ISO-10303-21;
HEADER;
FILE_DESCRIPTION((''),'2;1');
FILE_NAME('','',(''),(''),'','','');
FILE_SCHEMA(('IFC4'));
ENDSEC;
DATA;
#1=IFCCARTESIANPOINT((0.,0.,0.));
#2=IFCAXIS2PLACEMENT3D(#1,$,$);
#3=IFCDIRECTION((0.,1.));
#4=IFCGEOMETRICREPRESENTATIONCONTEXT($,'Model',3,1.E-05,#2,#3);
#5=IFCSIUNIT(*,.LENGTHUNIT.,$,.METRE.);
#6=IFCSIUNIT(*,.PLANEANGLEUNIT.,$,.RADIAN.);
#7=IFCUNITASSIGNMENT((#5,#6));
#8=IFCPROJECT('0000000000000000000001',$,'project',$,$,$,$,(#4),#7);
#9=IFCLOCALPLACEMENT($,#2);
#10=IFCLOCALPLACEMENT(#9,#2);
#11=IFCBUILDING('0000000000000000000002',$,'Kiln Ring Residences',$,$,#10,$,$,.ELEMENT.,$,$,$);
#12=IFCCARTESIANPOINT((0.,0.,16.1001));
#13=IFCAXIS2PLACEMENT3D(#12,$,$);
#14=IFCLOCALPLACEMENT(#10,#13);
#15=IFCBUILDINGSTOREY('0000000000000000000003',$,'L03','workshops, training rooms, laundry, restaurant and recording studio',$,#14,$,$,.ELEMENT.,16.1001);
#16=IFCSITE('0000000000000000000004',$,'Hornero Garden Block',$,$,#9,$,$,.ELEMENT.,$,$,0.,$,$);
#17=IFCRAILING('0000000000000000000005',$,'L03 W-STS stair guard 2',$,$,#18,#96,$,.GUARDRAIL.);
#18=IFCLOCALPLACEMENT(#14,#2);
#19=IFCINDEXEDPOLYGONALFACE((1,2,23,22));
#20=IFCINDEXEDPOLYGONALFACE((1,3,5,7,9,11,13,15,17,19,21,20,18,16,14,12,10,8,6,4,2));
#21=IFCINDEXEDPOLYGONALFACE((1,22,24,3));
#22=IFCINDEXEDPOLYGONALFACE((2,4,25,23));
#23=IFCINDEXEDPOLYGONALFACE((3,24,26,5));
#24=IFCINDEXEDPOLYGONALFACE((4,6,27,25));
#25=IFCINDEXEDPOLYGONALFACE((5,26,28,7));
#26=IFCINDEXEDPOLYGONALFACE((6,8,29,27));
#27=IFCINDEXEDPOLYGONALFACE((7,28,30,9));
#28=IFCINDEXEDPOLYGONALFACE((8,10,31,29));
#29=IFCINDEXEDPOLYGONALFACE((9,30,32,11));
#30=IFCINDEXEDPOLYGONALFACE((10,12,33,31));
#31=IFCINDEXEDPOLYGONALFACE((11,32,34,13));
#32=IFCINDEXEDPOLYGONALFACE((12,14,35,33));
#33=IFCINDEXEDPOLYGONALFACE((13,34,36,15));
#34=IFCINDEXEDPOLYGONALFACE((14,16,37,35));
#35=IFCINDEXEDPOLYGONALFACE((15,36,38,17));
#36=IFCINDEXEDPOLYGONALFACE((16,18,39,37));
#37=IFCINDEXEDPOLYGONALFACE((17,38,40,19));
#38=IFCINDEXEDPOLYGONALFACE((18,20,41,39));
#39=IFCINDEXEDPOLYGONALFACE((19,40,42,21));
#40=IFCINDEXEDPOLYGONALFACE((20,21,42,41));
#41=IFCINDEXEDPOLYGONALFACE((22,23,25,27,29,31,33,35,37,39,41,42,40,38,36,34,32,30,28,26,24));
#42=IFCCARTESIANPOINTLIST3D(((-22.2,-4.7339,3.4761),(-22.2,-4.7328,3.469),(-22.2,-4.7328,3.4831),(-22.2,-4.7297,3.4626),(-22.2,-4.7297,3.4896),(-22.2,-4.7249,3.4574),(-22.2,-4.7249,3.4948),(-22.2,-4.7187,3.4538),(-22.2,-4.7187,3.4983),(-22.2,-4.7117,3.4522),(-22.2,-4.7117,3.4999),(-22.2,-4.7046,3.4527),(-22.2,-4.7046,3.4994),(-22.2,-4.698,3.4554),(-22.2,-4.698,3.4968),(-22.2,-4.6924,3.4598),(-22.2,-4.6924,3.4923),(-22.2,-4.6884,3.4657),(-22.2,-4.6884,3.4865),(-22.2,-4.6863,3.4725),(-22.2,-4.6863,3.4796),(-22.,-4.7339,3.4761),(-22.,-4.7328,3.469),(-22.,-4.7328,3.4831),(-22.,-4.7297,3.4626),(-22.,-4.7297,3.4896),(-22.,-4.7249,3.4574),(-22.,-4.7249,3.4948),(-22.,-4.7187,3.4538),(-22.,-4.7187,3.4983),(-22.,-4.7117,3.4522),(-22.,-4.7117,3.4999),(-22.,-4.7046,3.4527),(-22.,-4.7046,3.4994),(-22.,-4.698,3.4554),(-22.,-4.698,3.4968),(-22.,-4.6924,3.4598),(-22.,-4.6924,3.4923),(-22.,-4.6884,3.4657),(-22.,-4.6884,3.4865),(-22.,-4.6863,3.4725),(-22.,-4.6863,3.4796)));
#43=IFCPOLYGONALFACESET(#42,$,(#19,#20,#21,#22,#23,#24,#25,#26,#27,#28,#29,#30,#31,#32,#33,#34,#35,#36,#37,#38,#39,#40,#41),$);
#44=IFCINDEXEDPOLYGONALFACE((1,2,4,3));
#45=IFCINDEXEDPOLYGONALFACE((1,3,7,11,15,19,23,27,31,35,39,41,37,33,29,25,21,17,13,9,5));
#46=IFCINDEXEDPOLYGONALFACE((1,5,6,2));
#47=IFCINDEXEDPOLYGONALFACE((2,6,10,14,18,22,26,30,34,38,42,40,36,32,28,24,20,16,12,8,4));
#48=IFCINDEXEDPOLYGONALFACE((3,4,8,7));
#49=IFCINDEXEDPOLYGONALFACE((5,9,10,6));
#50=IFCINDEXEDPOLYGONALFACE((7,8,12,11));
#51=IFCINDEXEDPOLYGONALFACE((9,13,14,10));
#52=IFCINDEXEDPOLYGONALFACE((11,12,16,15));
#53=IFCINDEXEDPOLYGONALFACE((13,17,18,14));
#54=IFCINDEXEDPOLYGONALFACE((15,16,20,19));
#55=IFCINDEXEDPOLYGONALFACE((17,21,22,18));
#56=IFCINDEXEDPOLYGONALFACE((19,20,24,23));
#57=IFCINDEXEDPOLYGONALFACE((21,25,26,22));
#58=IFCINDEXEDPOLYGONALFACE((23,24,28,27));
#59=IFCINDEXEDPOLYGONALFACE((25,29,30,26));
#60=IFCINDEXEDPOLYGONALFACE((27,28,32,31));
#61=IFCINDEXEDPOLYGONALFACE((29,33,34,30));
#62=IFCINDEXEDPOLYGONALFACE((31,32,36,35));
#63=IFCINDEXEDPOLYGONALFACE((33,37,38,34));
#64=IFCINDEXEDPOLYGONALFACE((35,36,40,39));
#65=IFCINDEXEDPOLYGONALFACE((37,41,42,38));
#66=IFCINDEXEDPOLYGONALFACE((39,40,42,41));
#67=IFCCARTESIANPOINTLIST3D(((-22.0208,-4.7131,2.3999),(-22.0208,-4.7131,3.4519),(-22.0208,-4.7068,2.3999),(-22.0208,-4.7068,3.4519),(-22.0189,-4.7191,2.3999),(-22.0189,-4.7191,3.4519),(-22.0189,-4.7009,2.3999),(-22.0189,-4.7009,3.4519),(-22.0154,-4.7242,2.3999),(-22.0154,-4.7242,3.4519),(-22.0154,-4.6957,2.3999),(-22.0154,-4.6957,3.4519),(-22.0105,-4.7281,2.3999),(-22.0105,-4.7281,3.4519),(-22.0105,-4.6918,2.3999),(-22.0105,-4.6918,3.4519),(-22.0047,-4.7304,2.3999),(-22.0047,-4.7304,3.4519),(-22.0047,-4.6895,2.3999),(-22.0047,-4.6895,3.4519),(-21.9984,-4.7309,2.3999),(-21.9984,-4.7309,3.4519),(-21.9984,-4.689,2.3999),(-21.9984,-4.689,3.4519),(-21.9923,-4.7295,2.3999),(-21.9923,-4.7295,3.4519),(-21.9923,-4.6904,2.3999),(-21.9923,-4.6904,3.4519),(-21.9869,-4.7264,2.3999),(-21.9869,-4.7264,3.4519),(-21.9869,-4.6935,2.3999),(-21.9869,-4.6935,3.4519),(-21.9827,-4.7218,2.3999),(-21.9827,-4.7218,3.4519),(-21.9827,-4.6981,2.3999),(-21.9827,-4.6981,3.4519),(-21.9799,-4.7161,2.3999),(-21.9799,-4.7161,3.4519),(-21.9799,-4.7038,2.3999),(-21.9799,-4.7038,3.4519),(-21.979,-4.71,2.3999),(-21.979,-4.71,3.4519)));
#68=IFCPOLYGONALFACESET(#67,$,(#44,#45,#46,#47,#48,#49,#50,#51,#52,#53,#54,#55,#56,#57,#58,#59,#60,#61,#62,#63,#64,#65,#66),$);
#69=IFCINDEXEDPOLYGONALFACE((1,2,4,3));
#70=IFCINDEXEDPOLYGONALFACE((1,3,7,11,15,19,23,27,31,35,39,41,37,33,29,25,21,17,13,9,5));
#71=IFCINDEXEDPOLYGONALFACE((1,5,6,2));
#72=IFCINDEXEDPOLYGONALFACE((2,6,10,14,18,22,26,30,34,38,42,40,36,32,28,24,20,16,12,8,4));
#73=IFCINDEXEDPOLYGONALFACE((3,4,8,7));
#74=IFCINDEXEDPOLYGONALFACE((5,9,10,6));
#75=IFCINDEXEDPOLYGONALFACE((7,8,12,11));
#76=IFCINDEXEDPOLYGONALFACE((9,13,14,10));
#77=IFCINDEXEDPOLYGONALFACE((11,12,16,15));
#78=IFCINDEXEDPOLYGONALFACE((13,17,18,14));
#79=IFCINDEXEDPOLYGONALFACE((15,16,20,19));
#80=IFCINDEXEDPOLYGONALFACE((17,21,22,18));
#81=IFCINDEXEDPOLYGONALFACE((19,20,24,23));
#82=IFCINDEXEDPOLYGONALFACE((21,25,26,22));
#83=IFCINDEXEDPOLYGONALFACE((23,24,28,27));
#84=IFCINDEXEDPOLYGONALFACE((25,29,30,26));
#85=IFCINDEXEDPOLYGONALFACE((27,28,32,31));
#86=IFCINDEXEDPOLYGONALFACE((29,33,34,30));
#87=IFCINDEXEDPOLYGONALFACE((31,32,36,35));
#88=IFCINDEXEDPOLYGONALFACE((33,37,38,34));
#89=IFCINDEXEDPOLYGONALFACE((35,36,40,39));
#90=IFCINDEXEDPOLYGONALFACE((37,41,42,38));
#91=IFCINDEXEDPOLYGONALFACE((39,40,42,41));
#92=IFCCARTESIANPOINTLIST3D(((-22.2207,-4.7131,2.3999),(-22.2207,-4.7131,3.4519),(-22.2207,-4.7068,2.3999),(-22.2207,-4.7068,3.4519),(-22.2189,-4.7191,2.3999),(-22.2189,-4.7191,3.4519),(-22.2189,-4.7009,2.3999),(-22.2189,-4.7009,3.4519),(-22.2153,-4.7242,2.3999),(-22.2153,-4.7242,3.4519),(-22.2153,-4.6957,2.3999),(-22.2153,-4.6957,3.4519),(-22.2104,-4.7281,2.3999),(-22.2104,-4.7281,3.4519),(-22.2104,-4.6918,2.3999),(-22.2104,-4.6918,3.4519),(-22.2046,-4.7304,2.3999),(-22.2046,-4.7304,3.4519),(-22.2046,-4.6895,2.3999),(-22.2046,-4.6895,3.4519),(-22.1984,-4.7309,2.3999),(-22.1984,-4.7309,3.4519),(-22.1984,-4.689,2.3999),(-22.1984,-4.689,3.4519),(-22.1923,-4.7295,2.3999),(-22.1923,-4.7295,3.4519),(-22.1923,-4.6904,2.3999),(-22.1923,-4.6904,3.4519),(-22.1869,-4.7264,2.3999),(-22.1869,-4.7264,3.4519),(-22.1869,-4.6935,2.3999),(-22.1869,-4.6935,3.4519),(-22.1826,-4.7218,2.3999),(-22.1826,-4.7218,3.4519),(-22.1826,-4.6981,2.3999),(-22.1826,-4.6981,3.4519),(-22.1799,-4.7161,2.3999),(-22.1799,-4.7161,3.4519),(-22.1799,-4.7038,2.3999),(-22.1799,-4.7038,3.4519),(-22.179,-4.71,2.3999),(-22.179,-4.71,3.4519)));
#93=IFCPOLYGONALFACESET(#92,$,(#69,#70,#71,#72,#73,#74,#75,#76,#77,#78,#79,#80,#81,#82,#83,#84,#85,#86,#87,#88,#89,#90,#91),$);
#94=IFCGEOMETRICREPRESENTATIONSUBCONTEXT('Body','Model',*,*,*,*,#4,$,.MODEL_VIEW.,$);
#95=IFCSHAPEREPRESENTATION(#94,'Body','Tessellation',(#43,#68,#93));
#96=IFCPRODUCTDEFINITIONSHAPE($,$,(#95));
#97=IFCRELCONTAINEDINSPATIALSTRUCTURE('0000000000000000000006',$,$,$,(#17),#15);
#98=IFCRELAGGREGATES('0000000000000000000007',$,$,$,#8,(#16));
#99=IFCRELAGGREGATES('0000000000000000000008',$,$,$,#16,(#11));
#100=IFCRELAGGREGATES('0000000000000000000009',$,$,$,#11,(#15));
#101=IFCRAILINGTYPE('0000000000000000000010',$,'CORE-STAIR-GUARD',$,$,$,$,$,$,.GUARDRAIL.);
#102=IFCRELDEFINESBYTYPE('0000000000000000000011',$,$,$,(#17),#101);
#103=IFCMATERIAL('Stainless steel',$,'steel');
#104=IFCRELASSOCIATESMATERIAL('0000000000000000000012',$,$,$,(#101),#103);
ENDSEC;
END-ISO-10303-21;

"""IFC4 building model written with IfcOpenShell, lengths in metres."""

from ifc_helpers import new_model, si_unit, direction, frame, origin, origin_2d, place, context, subcontext, project, spatial, circle, extrude, material, type_object, element, save


model = new_model("IFC4")

# Units and contexts
model_context = context("Model", 3, precision=1e-05, world=origin(), true_north=direction((0.0, 1.0)))
body_context = subcontext(model_context, "Body", "Model", "MODEL_VIEW")
ifc_project = project(units=[si_unit("LENGTHUNIT", "METRE"), si_unit("PLANEANGLEUNIT", "RADIAN")], contexts=[model_context])

# Site, building, storey
site_placement = place(None, origin())
site = spatial("IfcSite", under=ifc_project, at=site_placement, Name="Hornero Garden Block", CompositionType="ELEMENT", RefElevation=0.0)
building_placement = place(site_placement, origin())
building = spatial("IfcBuilding", under=site, at=building_placement, Name="Kiln Ring Residences", CompositionType="ELEMENT")
storey_placement = place(building_placement, frame((0.0, 0.0, 16.1001)))
storey = spatial("IfcBuildingStorey", under=building, at=storey_placement, Name="L03", Description="workshops, training rooms, laundry, restaurant and recording studio", CompositionType="ELEMENT", Elevation=16.1001)

# Railing
ifc_material_1 = material(Name="Stainless steel", Category="steel")
railing_type_1 = type_object("IfcRailingType", Name="CORE-STAIR-GUARD", PredefinedType="GUARDRAIL", material=ifc_material_1)
railing_1_placement = place(storey_placement, frame((-22.0, -4.71, 2.3999)))
element("IfcRailing", 1, at=railing_1_placement, inside=storey, type_object=railing_type_1, Name="L03 W-STS stair guard 2", PredefinedType="GUARDRAIL", context=body_context, shape_type="SweptSolid", body=[
    extrude(circle(Radius=0.0239, at=origin_2d()), frame((0.0, 0.0, 1.0762), z_axis=(-1.0, 0.0, 0.0), x_axis=(0.0, -1.0, 0.0)), (0.0, 0.0, 1.0), 0.2),
    extrude(circle(Radius=0.021, at=origin_2d()), origin(), (0.0, 0.0, 1.0), 1.052),
    extrude(circle(Radius=0.021, at=origin_2d()), frame((-0.2, 0.0, 0.0)), (0.0, 0.0, 1.0), 1.052),
])

save(model, "model.ifc")
